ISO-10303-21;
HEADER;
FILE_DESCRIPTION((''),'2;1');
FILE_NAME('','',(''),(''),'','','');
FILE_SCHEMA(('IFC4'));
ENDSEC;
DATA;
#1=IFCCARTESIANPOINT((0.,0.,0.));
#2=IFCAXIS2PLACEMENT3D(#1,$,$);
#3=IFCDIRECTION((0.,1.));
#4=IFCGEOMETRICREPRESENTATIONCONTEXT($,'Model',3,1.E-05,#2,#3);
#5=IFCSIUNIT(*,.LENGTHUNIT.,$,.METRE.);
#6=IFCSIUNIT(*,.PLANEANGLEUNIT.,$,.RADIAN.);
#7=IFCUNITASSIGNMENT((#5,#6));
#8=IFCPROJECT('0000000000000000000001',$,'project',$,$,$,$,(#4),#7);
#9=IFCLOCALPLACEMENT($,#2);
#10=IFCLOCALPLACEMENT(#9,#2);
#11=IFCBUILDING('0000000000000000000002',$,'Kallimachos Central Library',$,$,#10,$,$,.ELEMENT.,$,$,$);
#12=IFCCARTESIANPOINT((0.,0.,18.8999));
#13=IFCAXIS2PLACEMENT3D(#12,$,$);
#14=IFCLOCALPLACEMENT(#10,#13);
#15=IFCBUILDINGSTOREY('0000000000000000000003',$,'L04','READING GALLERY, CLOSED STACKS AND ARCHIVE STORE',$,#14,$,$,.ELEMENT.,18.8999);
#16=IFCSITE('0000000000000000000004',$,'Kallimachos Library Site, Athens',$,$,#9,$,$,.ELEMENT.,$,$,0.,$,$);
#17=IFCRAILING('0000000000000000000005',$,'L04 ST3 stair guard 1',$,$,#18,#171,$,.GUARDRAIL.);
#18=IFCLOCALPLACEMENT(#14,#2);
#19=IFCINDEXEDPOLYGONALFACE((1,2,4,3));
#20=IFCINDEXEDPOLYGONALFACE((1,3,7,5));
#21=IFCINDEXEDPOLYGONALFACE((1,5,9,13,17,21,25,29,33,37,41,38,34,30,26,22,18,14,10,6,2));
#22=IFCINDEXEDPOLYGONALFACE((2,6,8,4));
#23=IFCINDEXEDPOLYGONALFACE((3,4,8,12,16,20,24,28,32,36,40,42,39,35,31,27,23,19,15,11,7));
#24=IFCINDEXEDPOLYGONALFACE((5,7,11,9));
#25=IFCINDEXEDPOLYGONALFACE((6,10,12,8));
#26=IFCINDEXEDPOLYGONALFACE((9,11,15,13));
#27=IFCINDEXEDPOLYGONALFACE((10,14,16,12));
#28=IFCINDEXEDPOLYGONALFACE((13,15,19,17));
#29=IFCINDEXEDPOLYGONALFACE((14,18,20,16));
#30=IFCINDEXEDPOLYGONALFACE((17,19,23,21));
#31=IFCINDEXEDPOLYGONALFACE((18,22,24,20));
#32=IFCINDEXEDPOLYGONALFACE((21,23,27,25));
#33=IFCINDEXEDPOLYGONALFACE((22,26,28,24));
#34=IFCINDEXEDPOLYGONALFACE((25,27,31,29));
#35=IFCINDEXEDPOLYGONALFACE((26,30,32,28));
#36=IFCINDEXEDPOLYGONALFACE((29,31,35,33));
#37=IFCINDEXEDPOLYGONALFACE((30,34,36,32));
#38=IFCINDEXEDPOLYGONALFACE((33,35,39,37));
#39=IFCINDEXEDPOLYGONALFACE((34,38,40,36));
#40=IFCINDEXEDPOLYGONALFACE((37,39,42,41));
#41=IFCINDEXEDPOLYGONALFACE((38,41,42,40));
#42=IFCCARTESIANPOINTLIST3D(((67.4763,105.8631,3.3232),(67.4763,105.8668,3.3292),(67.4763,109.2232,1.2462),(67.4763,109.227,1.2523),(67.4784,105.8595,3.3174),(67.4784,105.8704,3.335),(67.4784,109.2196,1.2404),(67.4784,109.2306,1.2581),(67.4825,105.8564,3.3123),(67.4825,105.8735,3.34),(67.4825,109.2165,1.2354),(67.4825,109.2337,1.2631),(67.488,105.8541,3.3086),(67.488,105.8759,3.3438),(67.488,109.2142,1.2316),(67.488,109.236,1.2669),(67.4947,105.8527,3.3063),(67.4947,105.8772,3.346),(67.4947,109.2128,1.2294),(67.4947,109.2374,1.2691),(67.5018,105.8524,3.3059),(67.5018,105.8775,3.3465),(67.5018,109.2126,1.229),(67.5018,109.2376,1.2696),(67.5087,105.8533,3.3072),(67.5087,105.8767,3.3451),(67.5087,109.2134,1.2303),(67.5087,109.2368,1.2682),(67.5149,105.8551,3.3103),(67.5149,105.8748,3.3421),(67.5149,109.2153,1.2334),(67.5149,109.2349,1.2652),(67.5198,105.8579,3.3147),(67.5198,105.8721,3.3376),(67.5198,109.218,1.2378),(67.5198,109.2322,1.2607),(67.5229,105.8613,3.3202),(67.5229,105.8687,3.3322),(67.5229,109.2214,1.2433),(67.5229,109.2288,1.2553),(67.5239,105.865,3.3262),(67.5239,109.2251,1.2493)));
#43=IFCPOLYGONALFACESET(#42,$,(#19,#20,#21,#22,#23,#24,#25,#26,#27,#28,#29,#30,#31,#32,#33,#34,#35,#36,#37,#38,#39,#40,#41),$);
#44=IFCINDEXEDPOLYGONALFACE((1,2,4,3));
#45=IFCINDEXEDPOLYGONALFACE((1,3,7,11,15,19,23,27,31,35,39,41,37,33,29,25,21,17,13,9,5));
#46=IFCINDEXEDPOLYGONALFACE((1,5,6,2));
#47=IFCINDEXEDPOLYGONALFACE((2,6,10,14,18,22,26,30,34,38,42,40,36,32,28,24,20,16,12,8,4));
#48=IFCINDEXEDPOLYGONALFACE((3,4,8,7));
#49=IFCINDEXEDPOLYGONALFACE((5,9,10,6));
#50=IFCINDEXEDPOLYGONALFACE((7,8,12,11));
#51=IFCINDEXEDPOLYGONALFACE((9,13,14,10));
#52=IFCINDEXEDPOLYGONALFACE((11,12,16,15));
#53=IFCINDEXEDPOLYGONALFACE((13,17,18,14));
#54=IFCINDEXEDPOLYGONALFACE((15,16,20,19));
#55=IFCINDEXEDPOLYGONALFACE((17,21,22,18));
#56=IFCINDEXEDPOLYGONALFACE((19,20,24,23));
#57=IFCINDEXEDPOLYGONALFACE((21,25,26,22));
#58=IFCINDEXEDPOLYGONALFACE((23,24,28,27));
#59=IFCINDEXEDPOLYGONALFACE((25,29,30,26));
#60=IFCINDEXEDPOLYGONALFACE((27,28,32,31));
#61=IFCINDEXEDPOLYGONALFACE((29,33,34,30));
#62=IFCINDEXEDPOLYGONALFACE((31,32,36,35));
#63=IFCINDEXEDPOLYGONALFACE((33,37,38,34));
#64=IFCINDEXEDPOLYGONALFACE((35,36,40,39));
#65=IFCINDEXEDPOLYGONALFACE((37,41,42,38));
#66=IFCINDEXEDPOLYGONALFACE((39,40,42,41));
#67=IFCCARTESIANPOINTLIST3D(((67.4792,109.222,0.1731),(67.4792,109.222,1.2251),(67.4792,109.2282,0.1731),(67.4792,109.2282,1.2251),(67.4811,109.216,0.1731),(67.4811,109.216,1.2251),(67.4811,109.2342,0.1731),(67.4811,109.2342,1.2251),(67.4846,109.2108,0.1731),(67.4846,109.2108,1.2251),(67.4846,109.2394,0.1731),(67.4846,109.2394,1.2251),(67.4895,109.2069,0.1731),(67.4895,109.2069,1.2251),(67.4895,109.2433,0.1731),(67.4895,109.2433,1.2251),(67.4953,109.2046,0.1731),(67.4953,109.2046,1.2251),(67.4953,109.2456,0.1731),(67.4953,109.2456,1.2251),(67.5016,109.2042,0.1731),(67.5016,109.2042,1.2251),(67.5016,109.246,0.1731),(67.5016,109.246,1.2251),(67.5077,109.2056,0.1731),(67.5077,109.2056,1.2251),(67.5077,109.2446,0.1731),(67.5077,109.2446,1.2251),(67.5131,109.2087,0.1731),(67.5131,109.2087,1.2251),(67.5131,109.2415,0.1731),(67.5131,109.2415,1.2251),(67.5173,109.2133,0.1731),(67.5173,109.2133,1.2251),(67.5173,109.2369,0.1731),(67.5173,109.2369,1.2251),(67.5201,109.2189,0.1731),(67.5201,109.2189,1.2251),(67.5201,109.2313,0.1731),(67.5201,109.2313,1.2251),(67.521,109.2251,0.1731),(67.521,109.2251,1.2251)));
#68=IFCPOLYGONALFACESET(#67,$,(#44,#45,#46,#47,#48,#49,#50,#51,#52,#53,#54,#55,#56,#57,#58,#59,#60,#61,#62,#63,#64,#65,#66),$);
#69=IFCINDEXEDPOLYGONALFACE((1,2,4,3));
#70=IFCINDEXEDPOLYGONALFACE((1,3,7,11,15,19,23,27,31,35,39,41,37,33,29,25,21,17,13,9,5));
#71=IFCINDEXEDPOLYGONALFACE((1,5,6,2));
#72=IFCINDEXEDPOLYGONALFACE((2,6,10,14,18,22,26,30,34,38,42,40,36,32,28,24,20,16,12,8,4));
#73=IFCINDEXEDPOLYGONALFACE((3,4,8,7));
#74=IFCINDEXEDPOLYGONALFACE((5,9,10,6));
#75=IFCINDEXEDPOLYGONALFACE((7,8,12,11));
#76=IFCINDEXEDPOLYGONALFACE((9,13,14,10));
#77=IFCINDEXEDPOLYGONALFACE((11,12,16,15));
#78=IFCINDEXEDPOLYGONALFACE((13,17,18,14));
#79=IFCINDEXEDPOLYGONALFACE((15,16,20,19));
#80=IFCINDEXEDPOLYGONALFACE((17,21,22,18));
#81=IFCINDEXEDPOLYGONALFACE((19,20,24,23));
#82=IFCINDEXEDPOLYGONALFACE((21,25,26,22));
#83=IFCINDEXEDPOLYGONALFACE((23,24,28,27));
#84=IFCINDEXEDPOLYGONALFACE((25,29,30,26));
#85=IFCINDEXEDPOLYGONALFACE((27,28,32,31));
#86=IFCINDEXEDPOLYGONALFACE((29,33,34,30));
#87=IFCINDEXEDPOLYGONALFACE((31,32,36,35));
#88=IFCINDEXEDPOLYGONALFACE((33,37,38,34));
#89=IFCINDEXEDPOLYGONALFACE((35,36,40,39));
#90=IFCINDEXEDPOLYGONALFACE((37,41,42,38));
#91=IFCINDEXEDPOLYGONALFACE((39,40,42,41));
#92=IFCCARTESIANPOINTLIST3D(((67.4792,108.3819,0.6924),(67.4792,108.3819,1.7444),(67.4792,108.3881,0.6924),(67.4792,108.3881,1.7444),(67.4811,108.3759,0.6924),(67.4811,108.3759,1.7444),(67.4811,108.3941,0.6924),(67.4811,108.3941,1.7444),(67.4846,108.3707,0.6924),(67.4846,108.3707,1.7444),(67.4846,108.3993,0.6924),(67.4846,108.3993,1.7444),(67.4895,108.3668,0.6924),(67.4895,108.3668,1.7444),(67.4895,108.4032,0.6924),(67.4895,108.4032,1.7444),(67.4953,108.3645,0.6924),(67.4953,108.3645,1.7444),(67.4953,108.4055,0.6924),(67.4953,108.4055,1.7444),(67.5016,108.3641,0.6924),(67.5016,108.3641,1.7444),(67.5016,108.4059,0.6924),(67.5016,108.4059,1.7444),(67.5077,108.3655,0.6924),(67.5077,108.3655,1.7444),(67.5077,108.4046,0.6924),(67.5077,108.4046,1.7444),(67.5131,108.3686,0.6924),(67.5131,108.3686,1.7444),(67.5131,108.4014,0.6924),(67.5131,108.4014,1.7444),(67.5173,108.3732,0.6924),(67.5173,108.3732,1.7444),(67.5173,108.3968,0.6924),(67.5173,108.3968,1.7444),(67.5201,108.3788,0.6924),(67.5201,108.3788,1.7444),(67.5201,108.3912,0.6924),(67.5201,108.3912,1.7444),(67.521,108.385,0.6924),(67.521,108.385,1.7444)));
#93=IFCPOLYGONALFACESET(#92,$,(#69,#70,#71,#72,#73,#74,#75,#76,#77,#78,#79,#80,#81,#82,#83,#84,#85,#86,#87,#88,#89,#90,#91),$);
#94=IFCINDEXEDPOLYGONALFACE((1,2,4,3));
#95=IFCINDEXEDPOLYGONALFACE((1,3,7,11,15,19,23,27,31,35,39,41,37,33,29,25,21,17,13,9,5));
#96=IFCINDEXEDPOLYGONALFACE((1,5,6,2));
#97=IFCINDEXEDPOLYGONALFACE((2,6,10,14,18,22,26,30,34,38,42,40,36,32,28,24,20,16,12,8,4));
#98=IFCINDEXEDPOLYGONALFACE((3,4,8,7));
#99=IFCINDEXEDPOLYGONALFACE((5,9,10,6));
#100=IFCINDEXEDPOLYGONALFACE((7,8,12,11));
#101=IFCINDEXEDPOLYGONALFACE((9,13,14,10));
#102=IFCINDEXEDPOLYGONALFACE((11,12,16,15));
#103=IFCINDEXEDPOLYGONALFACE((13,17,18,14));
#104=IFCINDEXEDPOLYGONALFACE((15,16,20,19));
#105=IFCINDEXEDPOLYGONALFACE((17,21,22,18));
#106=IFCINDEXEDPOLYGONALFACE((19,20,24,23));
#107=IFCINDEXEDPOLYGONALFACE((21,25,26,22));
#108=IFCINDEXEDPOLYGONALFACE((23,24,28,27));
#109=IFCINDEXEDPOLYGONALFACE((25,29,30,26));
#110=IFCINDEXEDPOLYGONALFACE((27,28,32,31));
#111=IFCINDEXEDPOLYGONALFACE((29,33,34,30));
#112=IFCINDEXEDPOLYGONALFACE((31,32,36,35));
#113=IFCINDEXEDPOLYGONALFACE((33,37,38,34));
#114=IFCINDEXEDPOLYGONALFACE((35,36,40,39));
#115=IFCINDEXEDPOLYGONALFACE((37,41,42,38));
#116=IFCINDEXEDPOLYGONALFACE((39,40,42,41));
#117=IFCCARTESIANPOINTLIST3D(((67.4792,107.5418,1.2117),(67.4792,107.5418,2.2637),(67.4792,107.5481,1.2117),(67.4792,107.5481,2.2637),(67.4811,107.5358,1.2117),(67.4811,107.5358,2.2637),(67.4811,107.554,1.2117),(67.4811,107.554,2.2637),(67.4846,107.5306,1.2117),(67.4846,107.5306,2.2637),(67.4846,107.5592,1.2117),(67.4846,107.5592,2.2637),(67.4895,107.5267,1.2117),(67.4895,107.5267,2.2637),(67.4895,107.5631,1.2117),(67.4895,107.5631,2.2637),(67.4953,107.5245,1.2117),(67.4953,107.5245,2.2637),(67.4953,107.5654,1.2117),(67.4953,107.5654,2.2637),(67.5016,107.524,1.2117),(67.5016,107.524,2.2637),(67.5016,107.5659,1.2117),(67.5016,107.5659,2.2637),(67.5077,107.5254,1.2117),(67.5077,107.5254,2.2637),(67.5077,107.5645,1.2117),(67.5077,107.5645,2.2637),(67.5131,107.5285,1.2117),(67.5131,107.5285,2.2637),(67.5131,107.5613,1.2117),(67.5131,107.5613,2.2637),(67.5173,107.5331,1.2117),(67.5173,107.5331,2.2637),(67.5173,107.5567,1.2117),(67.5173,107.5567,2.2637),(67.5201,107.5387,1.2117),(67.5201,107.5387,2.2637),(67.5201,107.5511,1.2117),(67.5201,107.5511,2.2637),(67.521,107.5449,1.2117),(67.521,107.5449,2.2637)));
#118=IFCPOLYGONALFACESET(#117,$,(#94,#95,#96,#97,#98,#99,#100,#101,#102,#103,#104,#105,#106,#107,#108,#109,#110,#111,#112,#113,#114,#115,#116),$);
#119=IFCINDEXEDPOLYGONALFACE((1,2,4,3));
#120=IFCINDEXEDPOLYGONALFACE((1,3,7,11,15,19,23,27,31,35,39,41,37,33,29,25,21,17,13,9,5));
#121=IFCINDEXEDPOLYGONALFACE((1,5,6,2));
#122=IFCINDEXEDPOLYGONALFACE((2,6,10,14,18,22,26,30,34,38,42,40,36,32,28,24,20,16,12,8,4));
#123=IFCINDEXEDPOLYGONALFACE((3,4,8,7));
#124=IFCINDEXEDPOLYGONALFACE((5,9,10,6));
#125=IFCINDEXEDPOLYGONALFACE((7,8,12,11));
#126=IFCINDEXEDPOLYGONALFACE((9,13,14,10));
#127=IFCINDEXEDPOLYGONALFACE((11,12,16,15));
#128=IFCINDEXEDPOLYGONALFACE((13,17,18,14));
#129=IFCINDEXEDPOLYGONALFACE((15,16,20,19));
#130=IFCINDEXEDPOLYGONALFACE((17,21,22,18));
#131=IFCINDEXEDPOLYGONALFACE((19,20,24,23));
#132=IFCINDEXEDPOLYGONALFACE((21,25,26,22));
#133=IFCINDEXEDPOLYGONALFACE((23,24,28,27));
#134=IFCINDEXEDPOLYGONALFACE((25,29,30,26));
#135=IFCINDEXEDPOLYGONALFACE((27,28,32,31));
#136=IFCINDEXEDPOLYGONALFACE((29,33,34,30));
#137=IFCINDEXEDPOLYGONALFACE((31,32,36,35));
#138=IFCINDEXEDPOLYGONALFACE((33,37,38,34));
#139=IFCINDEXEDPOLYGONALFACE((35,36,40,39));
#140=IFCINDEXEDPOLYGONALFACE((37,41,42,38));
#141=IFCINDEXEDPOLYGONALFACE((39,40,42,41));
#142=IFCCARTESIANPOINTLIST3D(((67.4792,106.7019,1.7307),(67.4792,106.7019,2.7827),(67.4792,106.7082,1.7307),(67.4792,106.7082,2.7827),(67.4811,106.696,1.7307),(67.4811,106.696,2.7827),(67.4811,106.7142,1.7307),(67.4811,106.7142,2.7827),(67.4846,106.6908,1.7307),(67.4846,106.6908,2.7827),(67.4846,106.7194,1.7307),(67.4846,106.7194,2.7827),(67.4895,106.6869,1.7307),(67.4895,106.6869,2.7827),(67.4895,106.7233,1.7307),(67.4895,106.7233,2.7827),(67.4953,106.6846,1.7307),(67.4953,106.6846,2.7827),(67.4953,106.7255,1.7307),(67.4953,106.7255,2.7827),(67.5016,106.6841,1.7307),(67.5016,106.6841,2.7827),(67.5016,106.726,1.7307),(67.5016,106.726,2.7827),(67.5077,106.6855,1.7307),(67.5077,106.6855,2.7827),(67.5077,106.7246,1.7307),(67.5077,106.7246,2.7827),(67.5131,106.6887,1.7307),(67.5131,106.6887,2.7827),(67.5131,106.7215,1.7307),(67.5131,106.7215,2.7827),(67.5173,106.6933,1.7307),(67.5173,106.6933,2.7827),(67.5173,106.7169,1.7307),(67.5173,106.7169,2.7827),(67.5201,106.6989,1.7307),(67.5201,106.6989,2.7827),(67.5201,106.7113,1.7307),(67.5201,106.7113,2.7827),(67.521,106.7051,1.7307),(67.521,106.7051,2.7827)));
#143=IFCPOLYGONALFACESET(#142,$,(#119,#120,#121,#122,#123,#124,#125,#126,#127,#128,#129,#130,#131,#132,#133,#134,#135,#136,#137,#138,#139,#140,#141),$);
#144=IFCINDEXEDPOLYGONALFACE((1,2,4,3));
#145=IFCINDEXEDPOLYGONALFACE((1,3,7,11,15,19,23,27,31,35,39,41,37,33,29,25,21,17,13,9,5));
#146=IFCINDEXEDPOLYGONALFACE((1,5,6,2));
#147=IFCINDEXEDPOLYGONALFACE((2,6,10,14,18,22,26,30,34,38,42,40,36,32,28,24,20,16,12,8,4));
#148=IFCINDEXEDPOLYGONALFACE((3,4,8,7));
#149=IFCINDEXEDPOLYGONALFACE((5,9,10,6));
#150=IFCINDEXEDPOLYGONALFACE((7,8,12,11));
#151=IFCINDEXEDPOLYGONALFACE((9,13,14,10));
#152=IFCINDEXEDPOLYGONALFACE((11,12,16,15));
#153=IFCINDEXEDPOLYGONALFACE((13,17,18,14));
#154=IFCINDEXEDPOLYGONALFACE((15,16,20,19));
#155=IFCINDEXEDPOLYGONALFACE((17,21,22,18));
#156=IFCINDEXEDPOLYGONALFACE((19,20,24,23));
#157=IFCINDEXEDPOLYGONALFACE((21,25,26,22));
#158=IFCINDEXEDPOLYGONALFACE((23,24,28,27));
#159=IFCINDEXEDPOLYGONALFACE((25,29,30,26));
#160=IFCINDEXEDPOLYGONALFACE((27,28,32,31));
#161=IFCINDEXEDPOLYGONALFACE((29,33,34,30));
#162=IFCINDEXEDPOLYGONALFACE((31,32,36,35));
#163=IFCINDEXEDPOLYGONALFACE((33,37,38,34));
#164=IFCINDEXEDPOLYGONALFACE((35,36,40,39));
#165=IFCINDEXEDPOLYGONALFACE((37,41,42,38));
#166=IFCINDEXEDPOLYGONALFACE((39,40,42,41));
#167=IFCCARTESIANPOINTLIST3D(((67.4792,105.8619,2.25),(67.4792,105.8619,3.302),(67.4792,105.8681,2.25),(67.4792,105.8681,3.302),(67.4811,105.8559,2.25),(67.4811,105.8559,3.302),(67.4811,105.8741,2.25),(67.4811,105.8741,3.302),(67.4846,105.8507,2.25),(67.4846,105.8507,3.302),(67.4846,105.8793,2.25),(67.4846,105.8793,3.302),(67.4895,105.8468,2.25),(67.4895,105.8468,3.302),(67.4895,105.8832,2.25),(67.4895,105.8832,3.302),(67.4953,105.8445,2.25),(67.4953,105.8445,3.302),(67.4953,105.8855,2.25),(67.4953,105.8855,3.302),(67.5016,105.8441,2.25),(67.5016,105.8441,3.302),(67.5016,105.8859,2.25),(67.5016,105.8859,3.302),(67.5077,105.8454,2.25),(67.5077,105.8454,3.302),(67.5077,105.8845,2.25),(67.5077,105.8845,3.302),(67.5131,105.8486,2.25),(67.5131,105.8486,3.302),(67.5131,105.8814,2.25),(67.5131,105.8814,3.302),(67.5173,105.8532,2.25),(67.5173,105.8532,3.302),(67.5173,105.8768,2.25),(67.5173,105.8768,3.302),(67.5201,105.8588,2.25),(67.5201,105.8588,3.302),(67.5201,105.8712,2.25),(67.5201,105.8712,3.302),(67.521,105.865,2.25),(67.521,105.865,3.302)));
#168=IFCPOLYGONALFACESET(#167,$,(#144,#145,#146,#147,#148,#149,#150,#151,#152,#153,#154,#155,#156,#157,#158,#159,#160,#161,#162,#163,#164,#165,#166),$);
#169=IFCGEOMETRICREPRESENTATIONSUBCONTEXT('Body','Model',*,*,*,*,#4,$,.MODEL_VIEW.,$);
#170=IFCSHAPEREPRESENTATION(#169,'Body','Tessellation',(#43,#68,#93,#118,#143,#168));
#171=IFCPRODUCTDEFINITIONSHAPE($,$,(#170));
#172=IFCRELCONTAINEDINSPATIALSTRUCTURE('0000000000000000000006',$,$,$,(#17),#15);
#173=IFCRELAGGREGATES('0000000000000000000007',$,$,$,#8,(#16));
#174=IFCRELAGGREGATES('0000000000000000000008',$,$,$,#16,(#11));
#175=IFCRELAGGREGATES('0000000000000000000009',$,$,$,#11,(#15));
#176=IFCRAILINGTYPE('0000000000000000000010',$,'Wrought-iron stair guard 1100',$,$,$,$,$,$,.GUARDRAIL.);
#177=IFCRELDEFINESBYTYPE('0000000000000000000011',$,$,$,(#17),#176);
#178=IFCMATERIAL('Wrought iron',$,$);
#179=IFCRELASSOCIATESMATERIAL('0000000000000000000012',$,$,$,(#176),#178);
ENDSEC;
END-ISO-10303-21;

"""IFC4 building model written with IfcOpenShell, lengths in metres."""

from ifc_helpers import new_model, si_unit, direction, frame, origin, origin_2d, place, context, subcontext, project, spatial, circle, extrude, material, type_object, element, save


model = new_model("IFC4")

# Units and contexts
model_context = context("Model", 3, precision=1e-05, world=origin(), true_north=direction((0.0, 1.0)))
body_context = subcontext(model_context, "Body", "Model", "MODEL_VIEW")
ifc_project = project(units=[si_unit("LENGTHUNIT", "METRE"), si_unit("PLANEANGLEUNIT", "RADIAN")], contexts=[model_context])

# Site, building, storey
site_placement = place(None, origin())
site = spatial("IfcSite", under=ifc_project, at=site_placement, Name="Kallimachos Library Site, Athens", CompositionType="ELEMENT", RefElevation=0.0)
building_placement = place(site_placement, origin())
building = spatial("IfcBuilding", under=site, at=building_placement, Name="Kallimachos Central Library", CompositionType="ELEMENT")
storey_placement = place(building_placement, frame((0.0, 0.0, 18.8999)))
storey = spatial("IfcBuildingStorey", under=building, at=storey_placement, Name="L04", Description="READING GALLERY, CLOSED STACKS AND ARCHIVE STORE", CompositionType="ELEMENT", Elevation=18.8999)

# Railing
ifc_material_1 = material(Name="Wrought iron")
railing_type_1 = type_object("IfcRailingType", Name="Wrought-iron stair guard 1100", PredefinedType="GUARDRAIL", material=ifc_material_1)
railing_1_placement = place(storey_placement, frame((67.5, 109.2251, 0.1731)))
element("IfcRailing", 1, at=railing_1_placement, inside=storey, type_object=railing_type_1, Name="L04 ST3 stair guard 1", PredefinedType="GUARDRAIL", context=body_context, shape_type="SweptSolid", body=[
    extrude(circle(Radius=0.0239, at=origin_2d()), frame((0.0, 0.0, 1.0762), z_axis=(0.0, -0.850623, 0.525776), x_axis=(1.0, 0.0, 0.0)), (0.0, 0.0, 1.0), 3.9502),
    extrude(circle(Radius=0.021, at=origin_2d()), origin(), (0.0, 0.0, 1.0), 1.052),
    extrude(circle(Radius=0.021, at=origin_2d()), frame((0.0, -0.8401, 0.5193)), (0.0, 0.0, 1.0), 1.052),
    extrude(circle(Radius=0.021, at=origin_2d()), frame((0.0, -1.6802, 1.0386)), (0.0, 0.0, 1.0), 1.052),
    extrude(circle(Radius=0.021, at=origin_2d()), frame((0.0, -2.52, 1.5576)), (0.0, 0.0, 1.0), 1.052),
    extrude(circle(Radius=0.021, at=origin_2d()), frame((0.0, -3.3601, 2.0769)), (0.0, 0.0, 1.0), 1.052),
])

save(model, "model.ifc")
